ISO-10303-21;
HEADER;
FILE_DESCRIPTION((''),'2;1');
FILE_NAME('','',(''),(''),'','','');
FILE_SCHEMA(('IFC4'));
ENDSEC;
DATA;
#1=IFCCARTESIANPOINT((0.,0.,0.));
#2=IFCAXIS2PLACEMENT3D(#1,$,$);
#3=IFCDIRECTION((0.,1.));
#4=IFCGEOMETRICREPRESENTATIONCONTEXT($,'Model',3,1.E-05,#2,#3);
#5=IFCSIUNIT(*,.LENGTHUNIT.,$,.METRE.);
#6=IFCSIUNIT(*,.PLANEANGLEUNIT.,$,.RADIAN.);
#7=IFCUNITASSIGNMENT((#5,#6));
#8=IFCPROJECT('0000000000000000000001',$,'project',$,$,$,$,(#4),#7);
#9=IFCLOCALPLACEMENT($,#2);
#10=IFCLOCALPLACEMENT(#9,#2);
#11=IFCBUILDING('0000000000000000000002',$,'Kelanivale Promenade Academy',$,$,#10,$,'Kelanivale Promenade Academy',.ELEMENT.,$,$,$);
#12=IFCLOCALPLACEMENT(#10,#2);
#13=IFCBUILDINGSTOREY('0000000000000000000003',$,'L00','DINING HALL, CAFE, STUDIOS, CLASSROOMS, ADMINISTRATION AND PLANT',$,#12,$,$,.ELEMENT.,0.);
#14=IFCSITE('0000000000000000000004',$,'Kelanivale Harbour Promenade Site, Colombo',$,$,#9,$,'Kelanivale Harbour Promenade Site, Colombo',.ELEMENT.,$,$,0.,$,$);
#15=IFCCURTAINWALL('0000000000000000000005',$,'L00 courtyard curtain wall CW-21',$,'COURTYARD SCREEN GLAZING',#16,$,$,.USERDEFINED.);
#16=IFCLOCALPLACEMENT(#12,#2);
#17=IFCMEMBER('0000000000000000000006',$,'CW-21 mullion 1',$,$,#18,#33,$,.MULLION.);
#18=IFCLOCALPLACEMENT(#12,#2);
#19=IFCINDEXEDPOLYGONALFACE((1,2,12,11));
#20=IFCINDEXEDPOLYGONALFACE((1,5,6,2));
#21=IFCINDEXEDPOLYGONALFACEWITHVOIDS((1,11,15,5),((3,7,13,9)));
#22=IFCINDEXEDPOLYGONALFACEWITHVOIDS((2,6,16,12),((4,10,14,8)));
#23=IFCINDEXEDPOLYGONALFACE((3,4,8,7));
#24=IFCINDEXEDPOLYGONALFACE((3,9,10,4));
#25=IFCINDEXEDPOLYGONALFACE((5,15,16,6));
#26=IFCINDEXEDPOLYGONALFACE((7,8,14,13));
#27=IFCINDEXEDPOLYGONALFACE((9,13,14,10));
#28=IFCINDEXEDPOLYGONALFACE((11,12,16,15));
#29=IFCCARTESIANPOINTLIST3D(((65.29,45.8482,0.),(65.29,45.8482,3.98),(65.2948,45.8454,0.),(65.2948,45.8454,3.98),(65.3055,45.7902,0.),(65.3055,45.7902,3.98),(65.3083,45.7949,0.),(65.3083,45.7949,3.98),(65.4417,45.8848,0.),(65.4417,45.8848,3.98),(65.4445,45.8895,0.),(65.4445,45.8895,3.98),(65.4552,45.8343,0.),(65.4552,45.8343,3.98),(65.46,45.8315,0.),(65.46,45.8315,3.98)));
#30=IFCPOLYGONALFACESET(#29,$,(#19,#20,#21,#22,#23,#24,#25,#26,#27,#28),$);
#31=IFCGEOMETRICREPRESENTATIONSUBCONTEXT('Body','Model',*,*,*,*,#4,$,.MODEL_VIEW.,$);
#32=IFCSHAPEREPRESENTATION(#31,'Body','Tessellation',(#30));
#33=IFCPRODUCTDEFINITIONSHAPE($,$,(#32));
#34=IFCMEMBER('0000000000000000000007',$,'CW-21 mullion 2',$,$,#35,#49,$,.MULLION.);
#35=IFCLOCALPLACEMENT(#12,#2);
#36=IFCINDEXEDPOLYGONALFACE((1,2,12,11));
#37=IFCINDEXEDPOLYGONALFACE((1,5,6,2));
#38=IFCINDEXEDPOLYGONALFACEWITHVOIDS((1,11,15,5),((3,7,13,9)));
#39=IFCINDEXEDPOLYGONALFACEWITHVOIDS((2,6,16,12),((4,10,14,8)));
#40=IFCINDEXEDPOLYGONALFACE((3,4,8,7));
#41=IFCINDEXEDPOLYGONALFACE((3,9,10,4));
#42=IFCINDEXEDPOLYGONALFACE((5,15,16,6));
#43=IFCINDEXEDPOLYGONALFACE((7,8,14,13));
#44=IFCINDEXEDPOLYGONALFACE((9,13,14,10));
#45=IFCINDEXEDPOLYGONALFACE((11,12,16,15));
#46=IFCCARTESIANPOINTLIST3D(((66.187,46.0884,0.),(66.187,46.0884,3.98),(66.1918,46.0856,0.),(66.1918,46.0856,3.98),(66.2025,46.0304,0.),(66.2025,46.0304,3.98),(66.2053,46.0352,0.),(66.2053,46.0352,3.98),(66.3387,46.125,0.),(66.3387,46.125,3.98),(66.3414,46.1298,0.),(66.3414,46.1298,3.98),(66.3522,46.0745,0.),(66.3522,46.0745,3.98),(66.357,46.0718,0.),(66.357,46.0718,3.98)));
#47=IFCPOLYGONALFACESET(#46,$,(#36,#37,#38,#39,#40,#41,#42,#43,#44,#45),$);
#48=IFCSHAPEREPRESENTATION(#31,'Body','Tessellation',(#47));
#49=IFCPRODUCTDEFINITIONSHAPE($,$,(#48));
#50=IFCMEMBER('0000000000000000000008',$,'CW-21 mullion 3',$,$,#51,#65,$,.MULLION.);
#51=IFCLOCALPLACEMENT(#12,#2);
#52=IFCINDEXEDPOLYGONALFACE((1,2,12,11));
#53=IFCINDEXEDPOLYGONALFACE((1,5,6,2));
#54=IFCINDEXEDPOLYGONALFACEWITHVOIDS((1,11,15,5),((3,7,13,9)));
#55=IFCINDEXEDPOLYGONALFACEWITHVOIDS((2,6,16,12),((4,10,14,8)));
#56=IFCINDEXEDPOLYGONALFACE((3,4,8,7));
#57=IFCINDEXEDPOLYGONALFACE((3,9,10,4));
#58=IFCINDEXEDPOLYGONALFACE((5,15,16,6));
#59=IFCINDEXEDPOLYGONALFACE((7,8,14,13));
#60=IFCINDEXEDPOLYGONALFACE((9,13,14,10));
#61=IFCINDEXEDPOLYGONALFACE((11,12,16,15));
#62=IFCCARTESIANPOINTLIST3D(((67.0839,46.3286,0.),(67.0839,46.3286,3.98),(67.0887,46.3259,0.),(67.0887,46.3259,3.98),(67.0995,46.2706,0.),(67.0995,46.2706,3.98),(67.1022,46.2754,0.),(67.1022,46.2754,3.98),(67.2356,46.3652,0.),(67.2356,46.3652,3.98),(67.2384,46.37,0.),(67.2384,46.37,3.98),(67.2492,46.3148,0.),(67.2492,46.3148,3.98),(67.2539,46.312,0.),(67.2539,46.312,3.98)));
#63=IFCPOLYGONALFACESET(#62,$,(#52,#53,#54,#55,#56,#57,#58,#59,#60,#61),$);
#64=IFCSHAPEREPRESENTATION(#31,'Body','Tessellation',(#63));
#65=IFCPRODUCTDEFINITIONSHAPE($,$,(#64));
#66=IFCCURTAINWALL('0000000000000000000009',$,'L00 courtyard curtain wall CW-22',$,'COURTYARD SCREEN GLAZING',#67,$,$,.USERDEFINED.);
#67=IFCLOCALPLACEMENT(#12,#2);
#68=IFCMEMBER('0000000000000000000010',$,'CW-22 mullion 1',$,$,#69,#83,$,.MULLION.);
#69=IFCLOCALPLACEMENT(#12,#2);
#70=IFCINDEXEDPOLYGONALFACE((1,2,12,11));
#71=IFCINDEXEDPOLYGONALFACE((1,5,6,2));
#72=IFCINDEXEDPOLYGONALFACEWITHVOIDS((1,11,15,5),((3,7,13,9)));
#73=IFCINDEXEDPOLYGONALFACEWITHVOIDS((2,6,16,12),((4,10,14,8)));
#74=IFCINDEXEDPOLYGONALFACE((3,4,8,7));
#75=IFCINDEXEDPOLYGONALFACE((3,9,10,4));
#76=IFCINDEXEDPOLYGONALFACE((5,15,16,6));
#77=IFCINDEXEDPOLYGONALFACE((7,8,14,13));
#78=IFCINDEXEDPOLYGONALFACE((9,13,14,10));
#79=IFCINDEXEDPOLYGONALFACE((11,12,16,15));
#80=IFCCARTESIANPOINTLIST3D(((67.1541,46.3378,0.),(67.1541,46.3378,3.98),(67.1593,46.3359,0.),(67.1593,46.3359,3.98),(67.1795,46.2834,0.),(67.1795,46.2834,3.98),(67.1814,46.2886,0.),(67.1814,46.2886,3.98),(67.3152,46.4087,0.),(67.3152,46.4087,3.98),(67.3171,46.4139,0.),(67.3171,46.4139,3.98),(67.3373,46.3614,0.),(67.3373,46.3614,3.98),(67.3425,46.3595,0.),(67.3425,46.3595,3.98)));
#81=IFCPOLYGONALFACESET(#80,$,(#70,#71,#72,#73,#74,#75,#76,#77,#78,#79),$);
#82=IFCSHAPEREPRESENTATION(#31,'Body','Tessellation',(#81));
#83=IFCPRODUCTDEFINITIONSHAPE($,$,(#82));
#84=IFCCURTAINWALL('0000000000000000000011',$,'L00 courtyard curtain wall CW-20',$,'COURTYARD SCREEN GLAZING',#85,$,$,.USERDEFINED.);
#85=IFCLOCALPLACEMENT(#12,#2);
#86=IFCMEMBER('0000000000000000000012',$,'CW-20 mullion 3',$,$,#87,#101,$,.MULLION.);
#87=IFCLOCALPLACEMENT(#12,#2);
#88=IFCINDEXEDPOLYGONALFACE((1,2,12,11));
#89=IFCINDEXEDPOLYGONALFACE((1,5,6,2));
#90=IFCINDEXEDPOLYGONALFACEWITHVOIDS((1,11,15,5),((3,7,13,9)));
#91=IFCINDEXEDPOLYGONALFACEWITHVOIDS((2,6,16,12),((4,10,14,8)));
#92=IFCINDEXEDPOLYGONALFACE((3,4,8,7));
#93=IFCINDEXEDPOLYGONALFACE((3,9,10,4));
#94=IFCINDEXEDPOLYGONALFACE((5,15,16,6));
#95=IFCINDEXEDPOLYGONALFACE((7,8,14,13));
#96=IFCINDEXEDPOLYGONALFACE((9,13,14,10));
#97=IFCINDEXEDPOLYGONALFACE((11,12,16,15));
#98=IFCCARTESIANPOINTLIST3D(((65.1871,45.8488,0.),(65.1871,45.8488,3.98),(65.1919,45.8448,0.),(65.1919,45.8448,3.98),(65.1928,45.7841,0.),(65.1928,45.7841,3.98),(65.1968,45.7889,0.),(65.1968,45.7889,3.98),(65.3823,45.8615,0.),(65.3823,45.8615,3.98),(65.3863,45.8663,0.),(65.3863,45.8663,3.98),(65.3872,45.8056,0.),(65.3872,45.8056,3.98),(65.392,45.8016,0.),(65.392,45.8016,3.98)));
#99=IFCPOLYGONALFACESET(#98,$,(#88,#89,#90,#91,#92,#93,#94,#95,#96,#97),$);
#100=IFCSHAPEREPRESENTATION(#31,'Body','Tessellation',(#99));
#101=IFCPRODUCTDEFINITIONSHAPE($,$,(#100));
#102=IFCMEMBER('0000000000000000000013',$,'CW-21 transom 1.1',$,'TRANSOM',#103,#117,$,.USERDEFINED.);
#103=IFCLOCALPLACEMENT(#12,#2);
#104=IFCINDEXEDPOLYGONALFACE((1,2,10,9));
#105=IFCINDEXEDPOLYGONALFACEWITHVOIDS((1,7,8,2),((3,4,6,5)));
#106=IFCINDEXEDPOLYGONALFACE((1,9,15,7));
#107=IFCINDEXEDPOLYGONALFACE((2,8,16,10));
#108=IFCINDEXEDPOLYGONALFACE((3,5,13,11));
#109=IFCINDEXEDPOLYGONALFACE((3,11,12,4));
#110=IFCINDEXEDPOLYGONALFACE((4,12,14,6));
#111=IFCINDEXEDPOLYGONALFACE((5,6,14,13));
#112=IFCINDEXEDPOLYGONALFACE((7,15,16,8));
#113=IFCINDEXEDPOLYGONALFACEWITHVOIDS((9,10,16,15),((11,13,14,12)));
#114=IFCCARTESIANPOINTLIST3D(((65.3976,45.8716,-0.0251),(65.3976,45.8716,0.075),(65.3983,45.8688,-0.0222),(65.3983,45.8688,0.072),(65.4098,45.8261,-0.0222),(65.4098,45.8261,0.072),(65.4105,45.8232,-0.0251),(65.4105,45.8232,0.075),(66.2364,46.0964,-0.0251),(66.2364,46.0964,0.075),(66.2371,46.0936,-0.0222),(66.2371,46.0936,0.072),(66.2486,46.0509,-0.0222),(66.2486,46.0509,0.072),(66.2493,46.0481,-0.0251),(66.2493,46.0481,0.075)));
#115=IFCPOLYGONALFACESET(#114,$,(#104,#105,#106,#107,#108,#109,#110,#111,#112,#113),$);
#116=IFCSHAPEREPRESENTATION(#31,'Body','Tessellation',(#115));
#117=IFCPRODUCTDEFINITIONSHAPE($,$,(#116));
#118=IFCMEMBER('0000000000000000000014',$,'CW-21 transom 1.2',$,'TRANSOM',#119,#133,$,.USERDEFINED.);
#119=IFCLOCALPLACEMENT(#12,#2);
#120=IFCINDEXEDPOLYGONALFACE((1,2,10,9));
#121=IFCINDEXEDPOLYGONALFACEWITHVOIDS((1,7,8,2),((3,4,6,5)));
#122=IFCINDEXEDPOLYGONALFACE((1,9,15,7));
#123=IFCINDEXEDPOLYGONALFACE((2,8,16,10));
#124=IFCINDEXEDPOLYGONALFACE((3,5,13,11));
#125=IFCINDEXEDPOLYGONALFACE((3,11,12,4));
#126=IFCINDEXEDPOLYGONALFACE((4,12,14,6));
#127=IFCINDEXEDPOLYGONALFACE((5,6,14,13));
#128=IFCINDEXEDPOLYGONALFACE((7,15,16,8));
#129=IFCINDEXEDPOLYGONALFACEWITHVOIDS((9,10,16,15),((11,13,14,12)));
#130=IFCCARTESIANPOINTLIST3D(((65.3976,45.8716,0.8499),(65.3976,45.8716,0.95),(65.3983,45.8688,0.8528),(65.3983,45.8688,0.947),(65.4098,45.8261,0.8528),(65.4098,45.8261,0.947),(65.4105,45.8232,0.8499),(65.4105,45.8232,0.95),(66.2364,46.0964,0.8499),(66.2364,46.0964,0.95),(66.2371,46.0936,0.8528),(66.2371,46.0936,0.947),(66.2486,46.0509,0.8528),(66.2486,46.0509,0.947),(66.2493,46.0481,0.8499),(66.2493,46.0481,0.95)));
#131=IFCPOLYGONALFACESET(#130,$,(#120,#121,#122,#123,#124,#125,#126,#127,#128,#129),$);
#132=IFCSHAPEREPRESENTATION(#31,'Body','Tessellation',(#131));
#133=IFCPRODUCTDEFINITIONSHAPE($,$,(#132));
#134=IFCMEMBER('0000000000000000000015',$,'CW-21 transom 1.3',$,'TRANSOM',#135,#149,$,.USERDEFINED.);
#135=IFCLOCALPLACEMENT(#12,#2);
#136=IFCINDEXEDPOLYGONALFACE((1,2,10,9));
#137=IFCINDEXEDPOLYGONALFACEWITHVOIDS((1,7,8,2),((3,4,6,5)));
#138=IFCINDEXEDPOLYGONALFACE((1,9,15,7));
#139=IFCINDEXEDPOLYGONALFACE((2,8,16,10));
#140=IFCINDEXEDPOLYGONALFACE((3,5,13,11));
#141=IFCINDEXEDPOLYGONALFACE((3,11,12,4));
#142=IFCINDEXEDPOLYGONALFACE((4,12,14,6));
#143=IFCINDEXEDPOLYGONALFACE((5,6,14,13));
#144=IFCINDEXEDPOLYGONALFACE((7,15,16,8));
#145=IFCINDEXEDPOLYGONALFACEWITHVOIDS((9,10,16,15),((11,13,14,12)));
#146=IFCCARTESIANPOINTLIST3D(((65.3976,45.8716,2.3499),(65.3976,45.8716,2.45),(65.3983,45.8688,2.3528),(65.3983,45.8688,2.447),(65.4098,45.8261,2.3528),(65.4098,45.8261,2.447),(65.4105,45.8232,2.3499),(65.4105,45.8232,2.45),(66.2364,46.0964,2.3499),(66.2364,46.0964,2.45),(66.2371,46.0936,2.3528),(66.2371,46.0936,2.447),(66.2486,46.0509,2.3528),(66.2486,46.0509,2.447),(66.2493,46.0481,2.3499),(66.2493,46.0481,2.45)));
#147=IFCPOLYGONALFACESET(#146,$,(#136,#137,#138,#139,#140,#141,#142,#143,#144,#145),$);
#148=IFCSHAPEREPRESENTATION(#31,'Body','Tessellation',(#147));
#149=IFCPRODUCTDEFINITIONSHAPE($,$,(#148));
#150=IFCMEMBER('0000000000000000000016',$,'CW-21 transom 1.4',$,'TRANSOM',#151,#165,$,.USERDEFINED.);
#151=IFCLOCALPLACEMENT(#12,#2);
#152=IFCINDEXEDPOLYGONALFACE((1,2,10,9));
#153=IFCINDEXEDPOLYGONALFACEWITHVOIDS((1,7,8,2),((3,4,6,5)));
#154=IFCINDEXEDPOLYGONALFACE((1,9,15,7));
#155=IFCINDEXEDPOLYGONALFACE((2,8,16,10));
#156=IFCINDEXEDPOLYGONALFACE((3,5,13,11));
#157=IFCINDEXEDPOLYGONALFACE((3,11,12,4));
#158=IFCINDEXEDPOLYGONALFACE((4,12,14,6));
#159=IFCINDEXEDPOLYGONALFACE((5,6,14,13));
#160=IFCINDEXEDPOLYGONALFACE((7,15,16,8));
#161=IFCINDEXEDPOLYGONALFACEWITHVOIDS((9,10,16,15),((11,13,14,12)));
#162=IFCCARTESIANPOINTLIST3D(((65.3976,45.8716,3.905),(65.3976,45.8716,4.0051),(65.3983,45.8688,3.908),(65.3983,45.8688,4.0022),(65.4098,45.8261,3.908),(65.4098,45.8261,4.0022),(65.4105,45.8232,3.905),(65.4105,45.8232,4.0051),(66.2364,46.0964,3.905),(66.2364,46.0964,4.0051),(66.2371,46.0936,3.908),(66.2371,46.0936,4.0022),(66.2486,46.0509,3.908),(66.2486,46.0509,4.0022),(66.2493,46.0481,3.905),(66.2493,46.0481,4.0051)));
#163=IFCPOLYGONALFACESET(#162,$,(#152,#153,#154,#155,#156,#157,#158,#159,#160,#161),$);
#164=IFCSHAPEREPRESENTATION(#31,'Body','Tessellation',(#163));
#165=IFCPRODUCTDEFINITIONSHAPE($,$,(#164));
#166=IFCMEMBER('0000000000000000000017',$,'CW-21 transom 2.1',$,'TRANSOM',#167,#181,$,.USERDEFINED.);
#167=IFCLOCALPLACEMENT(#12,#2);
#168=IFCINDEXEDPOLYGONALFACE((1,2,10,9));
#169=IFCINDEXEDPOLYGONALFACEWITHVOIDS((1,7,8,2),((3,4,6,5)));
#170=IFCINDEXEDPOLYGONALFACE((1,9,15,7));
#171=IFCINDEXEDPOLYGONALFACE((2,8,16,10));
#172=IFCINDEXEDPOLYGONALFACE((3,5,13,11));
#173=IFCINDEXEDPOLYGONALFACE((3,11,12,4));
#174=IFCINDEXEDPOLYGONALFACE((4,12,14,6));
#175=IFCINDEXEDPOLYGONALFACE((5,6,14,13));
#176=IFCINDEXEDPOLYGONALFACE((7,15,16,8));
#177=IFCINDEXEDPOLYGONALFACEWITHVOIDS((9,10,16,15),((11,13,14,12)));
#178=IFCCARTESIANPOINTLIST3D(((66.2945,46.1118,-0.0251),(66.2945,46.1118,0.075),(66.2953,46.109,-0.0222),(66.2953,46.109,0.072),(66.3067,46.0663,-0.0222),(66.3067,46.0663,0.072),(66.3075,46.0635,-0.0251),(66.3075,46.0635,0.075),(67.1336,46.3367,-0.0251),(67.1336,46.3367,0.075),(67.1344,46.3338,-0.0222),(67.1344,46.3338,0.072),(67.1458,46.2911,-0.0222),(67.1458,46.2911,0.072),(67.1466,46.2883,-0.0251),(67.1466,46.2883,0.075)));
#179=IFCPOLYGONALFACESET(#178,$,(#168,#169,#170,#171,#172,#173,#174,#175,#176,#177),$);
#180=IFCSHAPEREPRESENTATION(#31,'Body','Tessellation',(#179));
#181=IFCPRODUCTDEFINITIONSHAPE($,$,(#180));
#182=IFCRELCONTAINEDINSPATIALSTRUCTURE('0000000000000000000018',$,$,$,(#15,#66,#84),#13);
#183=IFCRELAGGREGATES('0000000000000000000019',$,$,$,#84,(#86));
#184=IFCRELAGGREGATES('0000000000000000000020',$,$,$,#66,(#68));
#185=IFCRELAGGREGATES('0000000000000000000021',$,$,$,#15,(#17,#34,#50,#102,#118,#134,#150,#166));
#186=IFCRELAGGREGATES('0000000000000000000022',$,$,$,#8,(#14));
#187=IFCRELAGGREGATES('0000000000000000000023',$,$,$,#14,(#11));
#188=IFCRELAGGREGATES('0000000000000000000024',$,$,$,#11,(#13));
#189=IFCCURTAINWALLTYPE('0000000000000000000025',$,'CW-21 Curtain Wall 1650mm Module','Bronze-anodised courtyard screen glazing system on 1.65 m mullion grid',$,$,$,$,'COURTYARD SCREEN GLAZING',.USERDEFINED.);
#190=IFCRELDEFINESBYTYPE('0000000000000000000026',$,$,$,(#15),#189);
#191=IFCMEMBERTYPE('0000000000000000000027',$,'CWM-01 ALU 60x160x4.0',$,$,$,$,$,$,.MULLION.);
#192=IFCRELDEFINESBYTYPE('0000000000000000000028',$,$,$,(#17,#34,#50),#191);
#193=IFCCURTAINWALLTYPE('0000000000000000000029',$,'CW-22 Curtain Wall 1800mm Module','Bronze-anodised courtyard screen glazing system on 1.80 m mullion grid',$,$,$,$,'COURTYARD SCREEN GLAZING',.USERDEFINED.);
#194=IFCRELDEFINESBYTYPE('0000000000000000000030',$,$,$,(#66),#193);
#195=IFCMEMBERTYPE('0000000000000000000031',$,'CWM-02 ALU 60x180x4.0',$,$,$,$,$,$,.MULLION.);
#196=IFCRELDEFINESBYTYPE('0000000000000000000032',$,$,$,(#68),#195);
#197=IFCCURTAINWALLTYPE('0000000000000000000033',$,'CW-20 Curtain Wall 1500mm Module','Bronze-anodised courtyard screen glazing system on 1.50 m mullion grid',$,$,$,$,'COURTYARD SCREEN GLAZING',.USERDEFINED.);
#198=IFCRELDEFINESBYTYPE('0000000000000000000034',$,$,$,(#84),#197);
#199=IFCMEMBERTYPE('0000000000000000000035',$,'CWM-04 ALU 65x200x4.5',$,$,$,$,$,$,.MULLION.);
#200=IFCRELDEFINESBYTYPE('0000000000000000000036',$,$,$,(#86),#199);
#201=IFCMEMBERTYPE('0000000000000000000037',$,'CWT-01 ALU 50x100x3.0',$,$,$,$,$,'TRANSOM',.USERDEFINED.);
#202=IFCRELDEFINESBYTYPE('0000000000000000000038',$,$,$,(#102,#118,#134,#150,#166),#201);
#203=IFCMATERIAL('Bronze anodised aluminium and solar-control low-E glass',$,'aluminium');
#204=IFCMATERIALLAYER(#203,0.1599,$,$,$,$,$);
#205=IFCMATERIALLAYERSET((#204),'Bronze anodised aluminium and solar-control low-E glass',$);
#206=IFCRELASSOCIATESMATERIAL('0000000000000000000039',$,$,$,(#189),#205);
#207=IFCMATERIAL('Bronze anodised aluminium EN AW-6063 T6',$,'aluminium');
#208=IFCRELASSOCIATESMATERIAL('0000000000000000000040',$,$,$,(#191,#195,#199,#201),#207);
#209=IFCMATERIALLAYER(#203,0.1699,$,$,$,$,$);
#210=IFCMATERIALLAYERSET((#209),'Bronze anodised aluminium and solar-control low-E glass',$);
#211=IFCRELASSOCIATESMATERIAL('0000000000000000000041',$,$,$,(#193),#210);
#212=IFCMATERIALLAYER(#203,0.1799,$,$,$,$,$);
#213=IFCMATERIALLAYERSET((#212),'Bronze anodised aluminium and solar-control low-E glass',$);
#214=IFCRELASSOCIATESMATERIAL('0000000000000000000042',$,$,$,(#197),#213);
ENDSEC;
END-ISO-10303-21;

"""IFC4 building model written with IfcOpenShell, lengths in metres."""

from ifc_helpers import new_model, si_unit, direction, frame, origin, origin_2d, place, context, subcontext, project, spatial, hollow_rectangle, extrude, material, layer, layer_set, material_profile, profile_set, type_object, element, aggregate, save


model = new_model("IFC4")

# Units and contexts
model_context = context("Model", 3, precision=1e-05, world=origin(), true_north=direction((0.0, 1.0)))
body_context = subcontext(model_context, "Body", "Model", "MODEL_VIEW")
ifc_project = project(units=[si_unit("LENGTHUNIT", "METRE"), si_unit("PLANEANGLEUNIT", "RADIAN")], contexts=[model_context])

# Site, building, storey
site_placement = place(None, origin())
site = spatial("IfcSite", under=ifc_project, at=site_placement, Name="Kelanivale Harbour Promenade Site, Colombo", LongName="Kelanivale Harbour Promenade Site, Colombo", CompositionType="ELEMENT", RefElevation=0.0)
building_placement = place(site_placement, origin())
building = spatial("IfcBuilding", under=site, at=building_placement, Name="Kelanivale Promenade Academy", LongName="Kelanivale Promenade Academy", CompositionType="ELEMENT")
storey_placement = place(building_placement, origin())
storey = spatial("IfcBuildingStorey", under=building, at=storey_placement, Name="L00", Description="DINING HALL, CAFE, STUDIOS, CLASSROOMS, ADMINISTRATION AND PLANT", CompositionType="ELEMENT", Elevation=0.0)

# Curtain wall, members
ifc_material_1 = material(Name="Bronze anodised aluminium and solar-control low-E glass", Category="aluminium")
ifc_layer_1 = layer(ifc_material_1, 0.1599)
ifc_layer_set_1 = layer_set([ifc_layer_1], Name="Bronze anodised aluminium and solar-control low-E glass")
curtain_wall_type_1 = type_object("IfcCurtainWallType", Name="CW-21 Curtain Wall 1650mm Module", Description="Bronze-anodised courtyard screen glazing system on 1.65 m mullion grid", ElementType="COURTYARD SCREEN GLAZING", PredefinedType="USERDEFINED", material=ifc_layer_set_1)
curtain_wall_1_placement = place(storey_placement, origin())
curtain_wall_1 = element("IfcCurtainWall", 1, at=curtain_wall_1_placement, inside=storey, type_object=curtain_wall_type_1, Name="L00 courtyard curtain wall CW-21", ObjectType="COURTYARD SCREEN GLAZING", PredefinedType="USERDEFINED")
ifc_material_2 = material(Name="Bronze anodised aluminium EN AW-6063 T6", Category="aluminium")
ifc_material_profile_1 = material_profile(ifc_material_2, hollow_rectangle(XDim=0.0601, YDim=0.1599, WallThickness=0.0039, at=origin_2d()), Name="ALU 60x160x4.0")
ifc_profile_set_1 = profile_set([ifc_material_profile_1], Name="Bronze anodised aluminium EN AW-6063 T6")
member_type_1 = type_object("IfcMemberType", Name="CWM-01 ALU 60x160x4.0", PredefinedType="MULLION", material=ifc_profile_set_1)
member_1_placement = place(storey_placement, frame((65.375, 45.8398, 0.0), z_axis=(0.0, 0.0, 1.0), x_axis=(-0.258701, 0.965957, 0.0)))
member_1 = element("IfcMember", 2, at=member_1_placement, type_object=member_type_1, Name="CW-21 mullion 1", PredefinedType="MULLION", context=body_context, shape_type="SweptSolid", body=[
    extrude(hollow_rectangle(XDim=0.0601, YDim=0.1599, WallThickness=0.0039, at=origin_2d()), origin(), (0.0, 0.0, 1.0), 3.98),
])
member_2_placement = place(storey_placement, frame((66.272, 46.0801, 0.0), z_axis=(0.0, 0.0, 1.0), x_axis=(-0.258701, 0.965957, 0.0)))
member_2 = element("IfcMember", 3, at=member_2_placement, type_object=member_type_1, Name="CW-21 mullion 2", PredefinedType="MULLION", context=body_context, shape_type="SweptSolid", body=[
    extrude(hollow_rectangle(XDim=0.0601, YDim=0.1599, WallThickness=0.0039, at=origin_2d()), origin(), (0.0, 0.0, 1.0), 3.98),
])
member_3_placement = place(storey_placement, frame((67.1689, 46.3203, 0.0), z_axis=(0.0, 0.0, 1.0), x_axis=(-0.258701, 0.965957, 0.0)))
member_3 = element("IfcMember", 4, at=member_3_placement, type_object=member_type_1, Name="CW-21 mullion 3", PredefinedType="MULLION", context=body_context, shape_type="SweptSolid", body=[
    extrude(hollow_rectangle(XDim=0.0601, YDim=0.1599, WallThickness=0.0039, at=origin_2d()), origin(), (0.0, 0.0, 1.0), 3.98),
])

# Curtain walls, members
ifc_layer_2 = layer(ifc_material_1, 0.1699)
ifc_layer_set_2 = layer_set([ifc_layer_2], Name="Bronze anodised aluminium and solar-control low-E glass")
curtain_wall_type_2 = type_object("IfcCurtainWallType", Name="CW-22 Curtain Wall 1800mm Module", Description="Bronze-anodised courtyard screen glazing system on 1.80 m mullion grid", ElementType="COURTYARD SCREEN GLAZING", PredefinedType="USERDEFINED", material=ifc_layer_set_2)
curtain_wall_2_placement = place(storey_placement, origin())
curtain_wall_2 = element("IfcCurtainWall", 5, at=curtain_wall_2_placement, inside=storey, type_object=curtain_wall_type_2, Name="L00 courtyard curtain wall CW-22", ObjectType="COURTYARD SCREEN GLAZING", PredefinedType="USERDEFINED")
ifc_material_profile_2 = material_profile(ifc_material_2, hollow_rectangle(XDim=0.0601, YDim=0.1799, WallThickness=0.0039, at=origin_2d()), Name="ALU 60x180x4.0")
ifc_profile_set_2 = profile_set([ifc_material_profile_2], Name="Bronze anodised aluminium EN AW-6063 T6")
member_type_2 = type_object("IfcMemberType", Name="CWM-02 ALU 60x180x4.0", PredefinedType="MULLION", material=ifc_profile_set_2)
member_4_placement = place(storey_placement, frame((67.2483, 46.3486, 0.0), z_axis=(0.0, 0.0, 1.0), x_axis=(-0.423087, 0.906089, 0.0)))
member_4 = element("IfcMember", 6, at=member_4_placement, type_object=member_type_2, Name="CW-22 mullion 1", PredefinedType="MULLION", context=body_context, shape_type="SweptSolid", body=[
    extrude(hollow_rectangle(XDim=0.0601, YDim=0.1799, WallThickness=0.0039, at=origin_2d()), origin(), (0.0, 0.0, 1.0), 3.98),
])
ifc_layer_3 = layer(ifc_material_1, 0.1799)
ifc_layer_set_3 = layer_set([ifc_layer_3], Name="Bronze anodised aluminium and solar-control low-E glass")
curtain_wall_type_3 = type_object("IfcCurtainWallType", Name="CW-20 Curtain Wall 1500mm Module", Description="Bronze-anodised courtyard screen glazing system on 1.50 m mullion grid", ElementType="COURTYARD SCREEN GLAZING", PredefinedType="USERDEFINED", material=ifc_layer_set_3)
curtain_wall_3_placement = place(storey_placement, origin())
curtain_wall_3 = element("IfcCurtainWall", 7, at=curtain_wall_3_placement, inside=storey, type_object=curtain_wall_type_3, Name="L00 courtyard curtain wall CW-20", ObjectType="COURTYARD SCREEN GLAZING", PredefinedType="USERDEFINED")
ifc_material_profile_3 = material_profile(ifc_material_2, hollow_rectangle(XDim=0.0649, YDim=0.2, WallThickness=0.0044, at=origin_2d()), Name="ALU 65x200x4.5")
ifc_profile_set_3 = profile_set([ifc_material_profile_3], Name="Bronze anodised aluminium EN AW-6063 T6")
member_type_3 = type_object("IfcMemberType", Name="CWM-04 ALU 65x200x4.5", PredefinedType="MULLION", material=ifc_profile_set_3)
member_5_placement = place(storey_placement, frame((65.2896, 45.8252, 0.0), z_axis=(0.0, 0.0, 1.0), x_axis=(-0.087265, 0.996185, 0.0)))
member_5 = element("IfcMember", 8, at=member_5_placement, type_object=member_type_3, Name="CW-20 mullion 3", PredefinedType="MULLION", context=body_context, shape_type="SweptSolid", body=[
    extrude(hollow_rectangle(XDim=0.0649, YDim=0.2, WallThickness=0.0044, at=origin_2d()), origin(), (0.0, 0.0, 1.0), 3.98),
])
aggregate(curtain_wall_3, [member_5])

# Members
ifc_material_profile_4 = material_profile(ifc_material_2, hollow_rectangle(XDim=0.05, YDim=0.1001, WallThickness=0.0029, at=origin_2d()), Name="ALU 50x100x3.0")
ifc_profile_set_4 = profile_set([ifc_material_profile_4], Name="Bronze anodised aluminium EN AW-6063 T6")
member_type_4 = type_object("IfcMemberType", Name="CWT-01 ALU 50x100x3.0", ElementType="TRANSOM", PredefinedType="USERDEFINED", material=ifc_profile_set_4)
member_6_placement = place(storey_placement, frame((65.4041, 45.8474, 0.0249), z_axis=(0.965903, 0.258905, 0.0), x_axis=(-0.258905, 0.965903, 0.0)))
member_6 = element("IfcMember", 9, at=member_6_placement, type_object=member_type_4, Name="CW-21 transom 1.1", ObjectType="TRANSOM", PredefinedType="USERDEFINED", context=body_context, shape_type="SweptSolid", body=[
    extrude(hollow_rectangle(XDim=0.05, YDim=0.1001, WallThickness=0.0029, at=origin_2d()), origin(), (0.0, 0.0, 1.0), 0.8684),
])
member_7_placement = place(storey_placement, frame((65.4041, 45.8474, 0.8999), z_axis=(0.965903, 0.258905, 0.0), x_axis=(-0.258905, 0.965903, 0.0)))
member_7 = element("IfcMember", 10, at=member_7_placement, type_object=member_type_4, Name="CW-21 transom 1.2", ObjectType="TRANSOM", PredefinedType="USERDEFINED", context=body_context, shape_type="SweptSolid", body=[
    extrude(hollow_rectangle(XDim=0.05, YDim=0.1001, WallThickness=0.0029, at=origin_2d()), origin(), (0.0, 0.0, 1.0), 0.8684),
])
member_8_placement = place(storey_placement, frame((65.4041, 45.8474, 2.3999), z_axis=(0.965903, 0.258905, 0.0), x_axis=(-0.258905, 0.965903, 0.0)))
member_8 = element("IfcMember", 11, at=member_8_placement, type_object=member_type_4, Name="CW-21 transom 1.3", ObjectType="TRANSOM", PredefinedType="USERDEFINED", context=body_context, shape_type="SweptSolid", body=[
    extrude(hollow_rectangle(XDim=0.05, YDim=0.1001, WallThickness=0.0029, at=origin_2d()), origin(), (0.0, 0.0, 1.0), 0.8684),
])
member_9_placement = place(storey_placement, frame((65.4041, 45.8474, 3.9551), z_axis=(0.965903, 0.258905, 0.0), x_axis=(-0.258905, 0.965903, 0.0)))
member_9 = element("IfcMember", 12, at=member_9_placement, type_object=member_type_4, Name="CW-21 transom 1.4", ObjectType="TRANSOM", PredefinedType="USERDEFINED", context=body_context, shape_type="SweptSolid", body=[
    extrude(hollow_rectangle(XDim=0.05, YDim=0.1001, WallThickness=0.0029, at=origin_2d()), origin(), (0.0, 0.0, 1.0), 0.8684),
])
member_10_placement = place(storey_placement, frame((66.301, 46.0876, 0.0249), z_axis=(0.965922, 0.258834, 0.0), x_axis=(-0.258834, 0.965922, 0.0)))
member_10 = element("IfcMember", 13, at=member_10_placement, type_object=member_type_4, Name="CW-21 transom 2.1", ObjectType="TRANSOM", PredefinedType="USERDEFINED", context=body_context, shape_type="SweptSolid", body=[
    extrude(hollow_rectangle(XDim=0.05, YDim=0.1001, WallThickness=0.0029, at=origin_2d()), origin(), (0.0, 0.0, 1.0), 0.8687),
])
aggregate(curtain_wall_2, [member_4])

aggregate(curtain_wall_1, [member_1, member_2, member_3, member_6, member_7, member_8, member_9, member_10])

save(model, "model.ifc")
